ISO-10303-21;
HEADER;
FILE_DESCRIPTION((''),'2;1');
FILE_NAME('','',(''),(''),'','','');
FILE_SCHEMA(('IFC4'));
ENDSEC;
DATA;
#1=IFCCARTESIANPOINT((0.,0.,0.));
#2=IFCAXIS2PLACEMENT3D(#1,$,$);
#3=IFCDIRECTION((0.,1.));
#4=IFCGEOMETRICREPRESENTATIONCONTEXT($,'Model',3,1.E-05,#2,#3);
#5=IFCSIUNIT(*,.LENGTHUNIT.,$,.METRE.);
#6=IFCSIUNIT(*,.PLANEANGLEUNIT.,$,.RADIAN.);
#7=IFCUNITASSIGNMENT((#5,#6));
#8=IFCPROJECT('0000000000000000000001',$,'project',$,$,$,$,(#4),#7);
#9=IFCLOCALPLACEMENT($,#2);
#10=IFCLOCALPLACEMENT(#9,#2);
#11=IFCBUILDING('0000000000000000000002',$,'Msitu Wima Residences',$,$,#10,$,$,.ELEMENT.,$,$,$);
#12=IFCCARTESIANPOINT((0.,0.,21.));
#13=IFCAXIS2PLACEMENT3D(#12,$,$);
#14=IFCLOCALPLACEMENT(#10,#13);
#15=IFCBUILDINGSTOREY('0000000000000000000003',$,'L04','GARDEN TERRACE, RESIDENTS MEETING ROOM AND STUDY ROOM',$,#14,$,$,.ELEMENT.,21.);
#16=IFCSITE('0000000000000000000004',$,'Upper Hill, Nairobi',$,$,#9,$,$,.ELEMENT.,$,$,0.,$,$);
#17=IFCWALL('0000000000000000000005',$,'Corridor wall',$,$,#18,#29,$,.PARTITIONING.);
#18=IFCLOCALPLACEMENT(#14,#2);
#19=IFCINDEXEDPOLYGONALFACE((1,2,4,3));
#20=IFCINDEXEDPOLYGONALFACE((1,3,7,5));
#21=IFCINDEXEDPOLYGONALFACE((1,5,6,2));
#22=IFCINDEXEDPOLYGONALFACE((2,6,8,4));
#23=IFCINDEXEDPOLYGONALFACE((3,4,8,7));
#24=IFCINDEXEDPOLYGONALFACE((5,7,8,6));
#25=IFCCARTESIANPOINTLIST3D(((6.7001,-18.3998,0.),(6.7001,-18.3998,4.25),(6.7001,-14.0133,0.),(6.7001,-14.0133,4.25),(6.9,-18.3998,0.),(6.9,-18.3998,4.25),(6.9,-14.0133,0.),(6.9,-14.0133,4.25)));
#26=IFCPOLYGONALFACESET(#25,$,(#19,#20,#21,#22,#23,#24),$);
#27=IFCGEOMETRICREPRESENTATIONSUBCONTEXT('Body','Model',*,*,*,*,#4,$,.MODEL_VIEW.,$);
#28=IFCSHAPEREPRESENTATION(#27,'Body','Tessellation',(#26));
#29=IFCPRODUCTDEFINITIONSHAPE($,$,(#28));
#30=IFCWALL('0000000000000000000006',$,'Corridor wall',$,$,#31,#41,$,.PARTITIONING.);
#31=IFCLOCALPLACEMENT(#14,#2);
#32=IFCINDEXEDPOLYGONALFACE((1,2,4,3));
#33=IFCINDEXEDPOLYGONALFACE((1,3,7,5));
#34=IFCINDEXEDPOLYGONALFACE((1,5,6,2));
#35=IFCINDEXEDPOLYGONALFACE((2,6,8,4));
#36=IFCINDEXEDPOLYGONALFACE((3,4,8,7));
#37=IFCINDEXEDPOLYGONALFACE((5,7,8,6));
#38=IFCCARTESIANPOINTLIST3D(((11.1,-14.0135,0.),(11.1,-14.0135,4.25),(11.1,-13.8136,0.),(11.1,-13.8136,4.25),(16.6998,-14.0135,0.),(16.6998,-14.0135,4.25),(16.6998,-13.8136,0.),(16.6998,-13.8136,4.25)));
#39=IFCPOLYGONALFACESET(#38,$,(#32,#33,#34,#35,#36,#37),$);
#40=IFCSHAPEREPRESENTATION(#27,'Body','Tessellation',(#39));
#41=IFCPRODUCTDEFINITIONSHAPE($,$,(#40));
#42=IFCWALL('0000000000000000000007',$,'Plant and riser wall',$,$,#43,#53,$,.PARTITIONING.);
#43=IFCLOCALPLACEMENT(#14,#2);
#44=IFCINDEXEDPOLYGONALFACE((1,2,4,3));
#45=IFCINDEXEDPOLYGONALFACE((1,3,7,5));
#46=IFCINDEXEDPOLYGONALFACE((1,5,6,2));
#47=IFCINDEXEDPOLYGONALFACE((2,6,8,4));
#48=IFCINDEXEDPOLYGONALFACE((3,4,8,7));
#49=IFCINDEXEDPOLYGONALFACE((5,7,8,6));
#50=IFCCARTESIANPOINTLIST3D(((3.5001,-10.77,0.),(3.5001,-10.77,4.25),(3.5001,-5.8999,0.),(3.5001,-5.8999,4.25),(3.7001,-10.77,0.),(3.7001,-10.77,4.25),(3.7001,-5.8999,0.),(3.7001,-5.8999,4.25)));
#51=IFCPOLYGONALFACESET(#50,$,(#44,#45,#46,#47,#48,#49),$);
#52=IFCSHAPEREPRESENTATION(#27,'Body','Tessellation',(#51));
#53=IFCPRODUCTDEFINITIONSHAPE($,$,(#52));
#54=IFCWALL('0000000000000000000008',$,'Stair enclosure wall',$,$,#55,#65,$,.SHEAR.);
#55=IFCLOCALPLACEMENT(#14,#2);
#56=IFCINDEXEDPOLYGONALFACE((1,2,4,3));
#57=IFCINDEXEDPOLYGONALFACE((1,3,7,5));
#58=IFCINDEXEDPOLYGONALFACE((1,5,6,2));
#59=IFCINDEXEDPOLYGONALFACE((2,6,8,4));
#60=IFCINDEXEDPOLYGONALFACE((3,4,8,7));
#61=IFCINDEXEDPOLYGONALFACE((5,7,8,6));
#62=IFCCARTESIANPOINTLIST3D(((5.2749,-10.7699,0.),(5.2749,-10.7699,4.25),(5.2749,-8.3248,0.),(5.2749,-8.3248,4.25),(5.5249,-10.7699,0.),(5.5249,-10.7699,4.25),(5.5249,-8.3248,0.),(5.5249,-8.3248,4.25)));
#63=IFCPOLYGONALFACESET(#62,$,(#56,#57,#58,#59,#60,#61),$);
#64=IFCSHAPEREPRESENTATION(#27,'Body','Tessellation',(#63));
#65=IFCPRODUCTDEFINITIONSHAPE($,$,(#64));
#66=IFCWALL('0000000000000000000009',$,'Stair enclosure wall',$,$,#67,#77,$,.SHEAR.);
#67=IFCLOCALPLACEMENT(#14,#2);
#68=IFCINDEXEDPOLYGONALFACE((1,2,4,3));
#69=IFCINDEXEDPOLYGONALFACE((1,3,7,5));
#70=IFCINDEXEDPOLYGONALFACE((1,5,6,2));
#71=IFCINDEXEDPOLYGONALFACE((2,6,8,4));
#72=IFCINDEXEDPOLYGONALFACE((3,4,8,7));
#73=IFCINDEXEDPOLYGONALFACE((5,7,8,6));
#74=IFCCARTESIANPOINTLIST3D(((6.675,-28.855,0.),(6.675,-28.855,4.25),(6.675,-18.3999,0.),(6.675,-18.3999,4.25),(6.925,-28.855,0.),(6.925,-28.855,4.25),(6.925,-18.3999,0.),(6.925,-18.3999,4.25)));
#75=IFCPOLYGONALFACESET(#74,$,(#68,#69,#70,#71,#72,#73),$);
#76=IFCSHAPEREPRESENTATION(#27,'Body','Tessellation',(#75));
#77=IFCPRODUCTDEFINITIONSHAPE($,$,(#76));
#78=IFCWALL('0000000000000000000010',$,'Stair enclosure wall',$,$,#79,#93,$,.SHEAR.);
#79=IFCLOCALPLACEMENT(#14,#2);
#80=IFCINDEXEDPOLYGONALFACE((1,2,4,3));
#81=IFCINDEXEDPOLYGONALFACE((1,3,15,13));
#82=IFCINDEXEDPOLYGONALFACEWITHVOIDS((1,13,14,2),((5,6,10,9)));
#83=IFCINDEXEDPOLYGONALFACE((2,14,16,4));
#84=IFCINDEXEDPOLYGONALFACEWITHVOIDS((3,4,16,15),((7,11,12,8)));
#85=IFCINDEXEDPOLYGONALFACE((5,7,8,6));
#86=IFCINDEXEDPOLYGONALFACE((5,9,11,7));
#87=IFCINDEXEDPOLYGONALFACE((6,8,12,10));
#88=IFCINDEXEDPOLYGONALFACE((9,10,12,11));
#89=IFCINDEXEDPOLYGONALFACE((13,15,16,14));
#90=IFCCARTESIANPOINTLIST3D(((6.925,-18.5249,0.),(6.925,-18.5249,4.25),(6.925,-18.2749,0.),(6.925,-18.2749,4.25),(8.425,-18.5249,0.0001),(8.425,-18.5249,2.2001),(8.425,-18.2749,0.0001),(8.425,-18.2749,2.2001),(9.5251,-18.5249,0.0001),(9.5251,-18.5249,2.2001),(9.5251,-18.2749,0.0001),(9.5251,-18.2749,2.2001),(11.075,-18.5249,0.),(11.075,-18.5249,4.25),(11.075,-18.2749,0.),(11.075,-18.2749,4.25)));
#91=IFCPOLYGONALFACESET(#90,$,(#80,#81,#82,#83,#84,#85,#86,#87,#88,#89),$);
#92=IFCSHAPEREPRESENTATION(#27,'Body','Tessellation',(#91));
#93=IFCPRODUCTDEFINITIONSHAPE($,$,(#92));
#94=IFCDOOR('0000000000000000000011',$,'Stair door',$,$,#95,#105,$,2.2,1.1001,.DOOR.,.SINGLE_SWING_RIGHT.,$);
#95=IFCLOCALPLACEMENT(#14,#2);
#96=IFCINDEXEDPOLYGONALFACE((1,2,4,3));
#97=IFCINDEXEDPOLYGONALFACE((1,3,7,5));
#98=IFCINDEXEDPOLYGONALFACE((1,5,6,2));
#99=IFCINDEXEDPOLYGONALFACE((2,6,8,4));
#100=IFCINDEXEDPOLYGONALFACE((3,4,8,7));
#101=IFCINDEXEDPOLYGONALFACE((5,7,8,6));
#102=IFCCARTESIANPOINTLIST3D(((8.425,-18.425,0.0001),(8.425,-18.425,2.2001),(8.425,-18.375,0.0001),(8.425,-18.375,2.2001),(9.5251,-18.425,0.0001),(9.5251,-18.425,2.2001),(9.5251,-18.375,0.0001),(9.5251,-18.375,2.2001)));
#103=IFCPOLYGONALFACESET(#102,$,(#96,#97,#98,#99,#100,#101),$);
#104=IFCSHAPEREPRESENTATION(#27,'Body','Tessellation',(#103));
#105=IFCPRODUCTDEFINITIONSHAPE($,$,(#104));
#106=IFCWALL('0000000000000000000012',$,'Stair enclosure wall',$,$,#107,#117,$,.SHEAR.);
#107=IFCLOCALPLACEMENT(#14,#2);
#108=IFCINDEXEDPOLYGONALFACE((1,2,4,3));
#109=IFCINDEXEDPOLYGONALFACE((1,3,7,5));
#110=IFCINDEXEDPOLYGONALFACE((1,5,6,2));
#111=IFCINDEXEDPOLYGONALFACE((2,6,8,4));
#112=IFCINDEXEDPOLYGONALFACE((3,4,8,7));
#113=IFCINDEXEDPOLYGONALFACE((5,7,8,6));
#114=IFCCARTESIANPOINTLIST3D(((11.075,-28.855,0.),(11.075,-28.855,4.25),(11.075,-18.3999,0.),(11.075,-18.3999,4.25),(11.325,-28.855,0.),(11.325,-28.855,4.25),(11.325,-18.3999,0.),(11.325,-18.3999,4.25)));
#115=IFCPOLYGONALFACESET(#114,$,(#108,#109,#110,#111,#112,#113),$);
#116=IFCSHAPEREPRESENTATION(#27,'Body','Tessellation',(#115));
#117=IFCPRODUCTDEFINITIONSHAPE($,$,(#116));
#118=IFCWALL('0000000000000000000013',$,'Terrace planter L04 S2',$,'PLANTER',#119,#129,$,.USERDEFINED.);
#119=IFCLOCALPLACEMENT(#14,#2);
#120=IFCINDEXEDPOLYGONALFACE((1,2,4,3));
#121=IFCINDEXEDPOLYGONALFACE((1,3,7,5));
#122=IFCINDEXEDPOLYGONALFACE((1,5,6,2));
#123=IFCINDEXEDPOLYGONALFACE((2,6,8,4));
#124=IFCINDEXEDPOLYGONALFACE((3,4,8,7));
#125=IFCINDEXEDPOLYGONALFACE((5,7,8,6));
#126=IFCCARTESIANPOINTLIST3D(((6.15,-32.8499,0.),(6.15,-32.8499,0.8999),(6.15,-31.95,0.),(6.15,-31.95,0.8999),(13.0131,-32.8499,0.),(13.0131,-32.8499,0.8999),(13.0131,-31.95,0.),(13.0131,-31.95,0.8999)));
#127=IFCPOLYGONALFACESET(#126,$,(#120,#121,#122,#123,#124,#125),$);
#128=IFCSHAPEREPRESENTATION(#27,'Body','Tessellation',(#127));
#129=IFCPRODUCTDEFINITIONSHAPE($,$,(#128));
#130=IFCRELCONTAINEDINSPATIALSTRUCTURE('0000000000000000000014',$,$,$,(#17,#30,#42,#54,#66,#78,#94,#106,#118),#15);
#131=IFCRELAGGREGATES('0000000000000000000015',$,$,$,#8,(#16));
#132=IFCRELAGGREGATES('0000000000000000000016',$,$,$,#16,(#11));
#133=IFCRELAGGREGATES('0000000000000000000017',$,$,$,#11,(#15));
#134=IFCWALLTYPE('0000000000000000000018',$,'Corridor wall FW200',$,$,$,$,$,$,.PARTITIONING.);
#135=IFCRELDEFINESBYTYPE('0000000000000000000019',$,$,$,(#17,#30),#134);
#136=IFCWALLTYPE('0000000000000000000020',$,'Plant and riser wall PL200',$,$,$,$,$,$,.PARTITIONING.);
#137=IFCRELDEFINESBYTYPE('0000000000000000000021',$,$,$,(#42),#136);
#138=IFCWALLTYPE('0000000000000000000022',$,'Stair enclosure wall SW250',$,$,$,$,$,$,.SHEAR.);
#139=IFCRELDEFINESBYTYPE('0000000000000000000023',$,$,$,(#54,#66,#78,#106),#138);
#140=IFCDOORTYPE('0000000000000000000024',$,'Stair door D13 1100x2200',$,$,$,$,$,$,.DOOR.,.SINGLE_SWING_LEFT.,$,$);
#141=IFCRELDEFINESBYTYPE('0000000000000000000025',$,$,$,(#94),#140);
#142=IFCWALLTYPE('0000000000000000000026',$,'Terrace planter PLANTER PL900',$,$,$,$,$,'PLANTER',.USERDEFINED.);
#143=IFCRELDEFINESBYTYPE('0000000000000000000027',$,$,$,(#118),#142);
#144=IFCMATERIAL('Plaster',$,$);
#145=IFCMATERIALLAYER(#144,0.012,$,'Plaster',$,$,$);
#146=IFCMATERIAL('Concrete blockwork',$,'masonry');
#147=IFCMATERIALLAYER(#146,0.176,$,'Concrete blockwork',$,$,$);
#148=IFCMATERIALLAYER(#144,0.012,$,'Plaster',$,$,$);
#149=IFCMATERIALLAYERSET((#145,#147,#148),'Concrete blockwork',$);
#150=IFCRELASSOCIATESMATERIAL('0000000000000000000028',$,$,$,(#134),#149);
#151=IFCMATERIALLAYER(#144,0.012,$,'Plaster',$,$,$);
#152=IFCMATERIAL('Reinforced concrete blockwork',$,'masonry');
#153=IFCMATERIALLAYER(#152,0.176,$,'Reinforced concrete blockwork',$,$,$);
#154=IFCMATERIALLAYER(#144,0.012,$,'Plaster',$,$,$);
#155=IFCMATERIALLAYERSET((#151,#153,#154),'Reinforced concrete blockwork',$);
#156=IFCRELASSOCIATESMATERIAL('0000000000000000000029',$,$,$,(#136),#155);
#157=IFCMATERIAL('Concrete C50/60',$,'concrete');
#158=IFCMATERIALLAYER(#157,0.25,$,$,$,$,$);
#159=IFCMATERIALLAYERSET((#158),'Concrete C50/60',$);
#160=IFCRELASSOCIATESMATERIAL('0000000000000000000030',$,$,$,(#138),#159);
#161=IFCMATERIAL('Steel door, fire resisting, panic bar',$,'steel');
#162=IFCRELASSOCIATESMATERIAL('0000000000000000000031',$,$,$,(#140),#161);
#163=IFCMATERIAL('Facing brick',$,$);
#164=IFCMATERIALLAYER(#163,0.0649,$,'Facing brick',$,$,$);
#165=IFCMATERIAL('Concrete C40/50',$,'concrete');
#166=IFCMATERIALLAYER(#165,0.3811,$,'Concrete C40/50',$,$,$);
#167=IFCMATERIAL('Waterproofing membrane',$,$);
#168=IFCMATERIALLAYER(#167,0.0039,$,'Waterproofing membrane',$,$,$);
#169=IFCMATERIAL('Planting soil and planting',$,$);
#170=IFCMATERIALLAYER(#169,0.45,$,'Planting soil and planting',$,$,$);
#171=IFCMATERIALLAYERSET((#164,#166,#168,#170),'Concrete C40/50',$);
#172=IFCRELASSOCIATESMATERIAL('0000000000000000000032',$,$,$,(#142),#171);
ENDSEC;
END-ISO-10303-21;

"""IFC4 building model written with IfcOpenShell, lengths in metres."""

from ifc_helpers import new_model, si_unit, direction, frame, frame_2d, origin, place, context, subcontext, project, spatial, rectangle, extrude, material, layer, layer_set, type_object, element, fill, save


model = new_model("IFC4")

# Units and contexts
model_context = context("Model", 3, precision=1e-05, world=origin(), true_north=direction((0.0, 1.0)))
body_context = subcontext(model_context, "Body", "Model", "MODEL_VIEW")
ifc_project = project(units=[si_unit("LENGTHUNIT", "METRE"), si_unit("PLANEANGLEUNIT", "RADIAN")], contexts=[model_context])

# Site, building, storey
site_placement = place(None, origin())
site = spatial("IfcSite", under=ifc_project, at=site_placement, Name="Upper Hill, Nairobi", CompositionType="ELEMENT", RefElevation=0.0)
building_placement = place(site_placement, origin())
building = spatial("IfcBuilding", under=site, at=building_placement, Name="Msitu Wima Residences", CompositionType="ELEMENT")
storey_placement = place(building_placement, frame((0.0, 0.0, 21.0)))
storey = spatial("IfcBuildingStorey", under=building, at=storey_placement, Name="L04", Description="GARDEN TERRACE, RESIDENTS MEETING ROOM AND STUDY ROOM", CompositionType="ELEMENT", Elevation=21.0)

# Shared definitions
ifc_material_1 = material(Name="Concrete C50/60", Category="concrete")
ifc_material_2 = material(Name="Concrete C40/50", Category="concrete")

# Wall
ifc_material_3 = material(Name="Plaster")
ifc_layer_1 = layer(ifc_material_3, 0.012, Name="Plaster")
ifc_material_4 = material(Name="Concrete blockwork", Category="masonry")
ifc_layer_2 = layer(ifc_material_4, 0.176, Name="Concrete blockwork")
ifc_layer_3 = layer(ifc_material_3, 0.012, Name="Plaster")
ifc_layer_set_1 = layer_set([ifc_layer_1, ifc_layer_2, ifc_layer_3], Name="Concrete blockwork")
wall_type_1 = type_object("IfcWallType", Name="Corridor wall FW200", PredefinedType="PARTITIONING", material=ifc_layer_set_1)
wall_1_placement = place(storey_placement, frame((6.8, -18.3999, 0.0), z_axis=(0.0, 0.0, 1.0), x_axis=(0.0, 1.0, 0.0)))
element("IfcWall", 1, at=wall_1_placement, inside=storey, type_object=wall_type_1, Name="Corridor wall", PredefinedType="PARTITIONING", context=body_context, shape_type="SweptSolid", body=[
    extrude(rectangle(XDim=4.3865, YDim=0.2, at=frame_2d((2.1934, 0.0))), origin(), (0.0, 0.0, 1.0), 4.25),
])

# Walls
wall_2_placement = place(storey_placement, frame((11.1001, -13.9136, 0.0), z_axis=(0.0, 0.0, 1.0), x_axis=(1.0, 0.0, 0.0)))
element("IfcWall", 2, at=wall_2_placement, inside=storey, type_object=wall_type_1, Name="Corridor wall", PredefinedType="PARTITIONING", context=body_context, shape_type="SweptSolid", body=[
    extrude(rectangle(XDim=5.5999, YDim=0.2, at=frame_2d((2.7998, 0.0))), origin(), (0.0, 0.0, 1.0), 4.25),
])
ifc_layer_4 = layer(ifc_material_3, 0.012, Name="Plaster")
ifc_material_5 = material(Name="Reinforced concrete blockwork", Category="masonry")
ifc_layer_5 = layer(ifc_material_5, 0.176, Name="Reinforced concrete blockwork")
ifc_layer_6 = layer(ifc_material_3, 0.012, Name="Plaster")
ifc_layer_set_2 = layer_set([ifc_layer_4, ifc_layer_5, ifc_layer_6], Name="Reinforced concrete blockwork")
wall_type_2 = type_object("IfcWallType", Name="Plant and riser wall PL200", PredefinedType="PARTITIONING", material=ifc_layer_set_2)
wall_3_placement = place(storey_placement, frame((3.6001, -10.77, 0.0), z_axis=(0.0, 0.0, 1.0), x_axis=(0.0, 1.0, 0.0)))
element("IfcWall", 3, at=wall_3_placement, inside=storey, type_object=wall_type_2, Name="Plant and riser wall", PredefinedType="PARTITIONING", context=body_context, shape_type="SweptSolid", body=[
    extrude(rectangle(XDim=4.8701, YDim=0.2, at=frame_2d((2.4351, 0.0))), origin(), (0.0, 0.0, 1.0), 4.25),
])
ifc_layer_7 = layer(ifc_material_1, 0.25)
ifc_layer_set_3 = layer_set([ifc_layer_7], Name="Concrete C50/60")
wall_type_3 = type_object("IfcWallType", Name="Stair enclosure wall SW250", PredefinedType="SHEAR", material=ifc_layer_set_3)
wall_4_placement = place(storey_placement, frame((5.3999, -10.77, 0.0), z_axis=(0.0, 0.0, 1.0), x_axis=(0.0, 1.0, 0.0)))
element("IfcWall", 4, at=wall_4_placement, inside=storey, type_object=wall_type_3, Name="Stair enclosure wall", PredefinedType="SHEAR", context=body_context, shape_type="SweptSolid", body=[
    extrude(rectangle(XDim=2.4451, YDim=0.25, at=frame_2d((1.2227, 0.0))), origin(), (0.0, 0.0, 1.0), 4.25),
])
wall_5_placement = place(storey_placement, frame((6.8, -28.855, 0.0), z_axis=(0.0, 0.0, 1.0), x_axis=(0.0, 1.0, 0.0)))
element("IfcWall", 5, at=wall_5_placement, inside=storey, type_object=wall_type_3, Name="Stair enclosure wall", PredefinedType="SHEAR", context=body_context, shape_type="SweptSolid", body=[
    extrude(rectangle(XDim=10.4551, YDim=0.25, at=frame_2d((5.2275, 0.0))), origin(), (0.0, 0.0, 1.0), 4.25),
])

# Wall, opening, door
wall_6_placement = place(storey_placement, frame((6.925, -18.3999, 0.0), z_axis=(0.0, 0.0, 1.0), x_axis=(1.0, 0.0, 0.0)))
wall_6 = element("IfcWall", 6, at=wall_6_placement, inside=storey, type_object=wall_type_3, Name="Stair enclosure wall", PredefinedType="SHEAR", context=body_context, shape_type="SweptSolid", body=[
    extrude(rectangle(XDim=4.1499, YDim=0.25, at=frame_2d((2.075, 0.0))), origin(), (0.0, 0.0, 1.0), 4.25),
])
opening_1_placement = place(wall_6_placement, frame((1.5, 0.0, 0.0)))
opening_1 = element("IfcOpeningElement", 7, at=opening_1_placement, cuts=wall_6, PredefinedType="OPENING", context=body_context, shape_type="SweptSolid", body=[
    extrude(rectangle(XDim=1.1001, YDim=2.2, at=frame_2d((0.55, 1.1001))), frame((0.0, 0.135, 0.0), z_axis=(0.0, -1.0, 0.0), x_axis=(1.0, 0.0, 0.0)), (0.0, 0.0, 1.0), 0.27),
])
ifc_material_6 = material(Name="Steel door, fire resisting, panic bar", Category="steel")
door_type_1 = type_object("IfcDoorType", Name="Stair door D13 1100x2200", OperationType="SINGLE_SWING_LEFT", PredefinedType="DOOR", material=ifc_material_6)
door_1_placement = place(opening_1_placement, origin())
door_1 = element("IfcDoor", 8, at=door_1_placement, inside=storey, type_object=door_type_1, Name="Stair door", OperationType="SINGLE_SWING_RIGHT", OverallHeight=2.2, OverallWidth=1.1001, PredefinedType="DOOR", context=body_context, shape_type="SweptSolid", body=[
    extrude(rectangle(XDim=1.1001, YDim=2.2, at=frame_2d((0.55, 1.1001))), frame((0.0, 0.0249, 0.0), z_axis=(0.0, -1.0, 0.0), x_axis=(1.0, 0.0, 0.0)), (0.0, 0.0, 1.0), 0.05),
])
fill(opening_1, door_1)

# Walls
wall_7_placement = place(storey_placement, frame((11.2, -28.855, 0.0), z_axis=(0.0, 0.0, 1.0), x_axis=(0.0, 1.0, 0.0)))
element("IfcWall", 9, at=wall_7_placement, inside=storey, type_object=wall_type_3, Name="Stair enclosure wall", PredefinedType="SHEAR", context=body_context, shape_type="SweptSolid", body=[
    extrude(rectangle(XDim=10.4551, YDim=0.25, at=frame_2d((5.2275, 0.0))), origin(), (0.0, 0.0, 1.0), 4.25),
])
ifc_material_7 = material(Name="Facing brick")
ifc_layer_8 = layer(ifc_material_7, 0.0649, Name="Facing brick")
ifc_layer_9 = layer(ifc_material_2, 0.3811, Name="Concrete C40/50")
ifc_material_8 = material(Name="Waterproofing membrane")
ifc_layer_10 = layer(ifc_material_8, 0.0039, Name="Waterproofing membrane")
ifc_material_9 = material(Name="Planting soil and planting")
ifc_layer_11 = layer(ifc_material_9, 0.45, Name="Planting soil and planting")
ifc_layer_set_4 = layer_set([ifc_layer_8, ifc_layer_9, ifc_layer_10, ifc_layer_11], Name="Concrete C40/50")
wall_type_4 = type_object("IfcWallType", Name="Terrace planter PLANTER PL900", ElementType="PLANTER", PredefinedType="USERDEFINED", material=ifc_layer_set_4)
wall_8_placement = place(storey_placement, frame((6.1499, -32.3999, 0.0), z_axis=(0.0, 0.0, 1.0), x_axis=(1.0, 0.0, 0.0)))
element("IfcWall", 10, at=wall_8_placement, inside=storey, type_object=wall_type_4, Name="Terrace planter L04 S2", ObjectType="PLANTER", PredefinedType="USERDEFINED", context=body_context, shape_type="SweptSolid", body=[
    extrude(rectangle(XDim=6.863, YDim=0.8999, at=frame_2d((3.4316, 0.0))), origin(), (0.0, 0.0, 1.0), 0.8999),
])

save(model, "model.ifc")
